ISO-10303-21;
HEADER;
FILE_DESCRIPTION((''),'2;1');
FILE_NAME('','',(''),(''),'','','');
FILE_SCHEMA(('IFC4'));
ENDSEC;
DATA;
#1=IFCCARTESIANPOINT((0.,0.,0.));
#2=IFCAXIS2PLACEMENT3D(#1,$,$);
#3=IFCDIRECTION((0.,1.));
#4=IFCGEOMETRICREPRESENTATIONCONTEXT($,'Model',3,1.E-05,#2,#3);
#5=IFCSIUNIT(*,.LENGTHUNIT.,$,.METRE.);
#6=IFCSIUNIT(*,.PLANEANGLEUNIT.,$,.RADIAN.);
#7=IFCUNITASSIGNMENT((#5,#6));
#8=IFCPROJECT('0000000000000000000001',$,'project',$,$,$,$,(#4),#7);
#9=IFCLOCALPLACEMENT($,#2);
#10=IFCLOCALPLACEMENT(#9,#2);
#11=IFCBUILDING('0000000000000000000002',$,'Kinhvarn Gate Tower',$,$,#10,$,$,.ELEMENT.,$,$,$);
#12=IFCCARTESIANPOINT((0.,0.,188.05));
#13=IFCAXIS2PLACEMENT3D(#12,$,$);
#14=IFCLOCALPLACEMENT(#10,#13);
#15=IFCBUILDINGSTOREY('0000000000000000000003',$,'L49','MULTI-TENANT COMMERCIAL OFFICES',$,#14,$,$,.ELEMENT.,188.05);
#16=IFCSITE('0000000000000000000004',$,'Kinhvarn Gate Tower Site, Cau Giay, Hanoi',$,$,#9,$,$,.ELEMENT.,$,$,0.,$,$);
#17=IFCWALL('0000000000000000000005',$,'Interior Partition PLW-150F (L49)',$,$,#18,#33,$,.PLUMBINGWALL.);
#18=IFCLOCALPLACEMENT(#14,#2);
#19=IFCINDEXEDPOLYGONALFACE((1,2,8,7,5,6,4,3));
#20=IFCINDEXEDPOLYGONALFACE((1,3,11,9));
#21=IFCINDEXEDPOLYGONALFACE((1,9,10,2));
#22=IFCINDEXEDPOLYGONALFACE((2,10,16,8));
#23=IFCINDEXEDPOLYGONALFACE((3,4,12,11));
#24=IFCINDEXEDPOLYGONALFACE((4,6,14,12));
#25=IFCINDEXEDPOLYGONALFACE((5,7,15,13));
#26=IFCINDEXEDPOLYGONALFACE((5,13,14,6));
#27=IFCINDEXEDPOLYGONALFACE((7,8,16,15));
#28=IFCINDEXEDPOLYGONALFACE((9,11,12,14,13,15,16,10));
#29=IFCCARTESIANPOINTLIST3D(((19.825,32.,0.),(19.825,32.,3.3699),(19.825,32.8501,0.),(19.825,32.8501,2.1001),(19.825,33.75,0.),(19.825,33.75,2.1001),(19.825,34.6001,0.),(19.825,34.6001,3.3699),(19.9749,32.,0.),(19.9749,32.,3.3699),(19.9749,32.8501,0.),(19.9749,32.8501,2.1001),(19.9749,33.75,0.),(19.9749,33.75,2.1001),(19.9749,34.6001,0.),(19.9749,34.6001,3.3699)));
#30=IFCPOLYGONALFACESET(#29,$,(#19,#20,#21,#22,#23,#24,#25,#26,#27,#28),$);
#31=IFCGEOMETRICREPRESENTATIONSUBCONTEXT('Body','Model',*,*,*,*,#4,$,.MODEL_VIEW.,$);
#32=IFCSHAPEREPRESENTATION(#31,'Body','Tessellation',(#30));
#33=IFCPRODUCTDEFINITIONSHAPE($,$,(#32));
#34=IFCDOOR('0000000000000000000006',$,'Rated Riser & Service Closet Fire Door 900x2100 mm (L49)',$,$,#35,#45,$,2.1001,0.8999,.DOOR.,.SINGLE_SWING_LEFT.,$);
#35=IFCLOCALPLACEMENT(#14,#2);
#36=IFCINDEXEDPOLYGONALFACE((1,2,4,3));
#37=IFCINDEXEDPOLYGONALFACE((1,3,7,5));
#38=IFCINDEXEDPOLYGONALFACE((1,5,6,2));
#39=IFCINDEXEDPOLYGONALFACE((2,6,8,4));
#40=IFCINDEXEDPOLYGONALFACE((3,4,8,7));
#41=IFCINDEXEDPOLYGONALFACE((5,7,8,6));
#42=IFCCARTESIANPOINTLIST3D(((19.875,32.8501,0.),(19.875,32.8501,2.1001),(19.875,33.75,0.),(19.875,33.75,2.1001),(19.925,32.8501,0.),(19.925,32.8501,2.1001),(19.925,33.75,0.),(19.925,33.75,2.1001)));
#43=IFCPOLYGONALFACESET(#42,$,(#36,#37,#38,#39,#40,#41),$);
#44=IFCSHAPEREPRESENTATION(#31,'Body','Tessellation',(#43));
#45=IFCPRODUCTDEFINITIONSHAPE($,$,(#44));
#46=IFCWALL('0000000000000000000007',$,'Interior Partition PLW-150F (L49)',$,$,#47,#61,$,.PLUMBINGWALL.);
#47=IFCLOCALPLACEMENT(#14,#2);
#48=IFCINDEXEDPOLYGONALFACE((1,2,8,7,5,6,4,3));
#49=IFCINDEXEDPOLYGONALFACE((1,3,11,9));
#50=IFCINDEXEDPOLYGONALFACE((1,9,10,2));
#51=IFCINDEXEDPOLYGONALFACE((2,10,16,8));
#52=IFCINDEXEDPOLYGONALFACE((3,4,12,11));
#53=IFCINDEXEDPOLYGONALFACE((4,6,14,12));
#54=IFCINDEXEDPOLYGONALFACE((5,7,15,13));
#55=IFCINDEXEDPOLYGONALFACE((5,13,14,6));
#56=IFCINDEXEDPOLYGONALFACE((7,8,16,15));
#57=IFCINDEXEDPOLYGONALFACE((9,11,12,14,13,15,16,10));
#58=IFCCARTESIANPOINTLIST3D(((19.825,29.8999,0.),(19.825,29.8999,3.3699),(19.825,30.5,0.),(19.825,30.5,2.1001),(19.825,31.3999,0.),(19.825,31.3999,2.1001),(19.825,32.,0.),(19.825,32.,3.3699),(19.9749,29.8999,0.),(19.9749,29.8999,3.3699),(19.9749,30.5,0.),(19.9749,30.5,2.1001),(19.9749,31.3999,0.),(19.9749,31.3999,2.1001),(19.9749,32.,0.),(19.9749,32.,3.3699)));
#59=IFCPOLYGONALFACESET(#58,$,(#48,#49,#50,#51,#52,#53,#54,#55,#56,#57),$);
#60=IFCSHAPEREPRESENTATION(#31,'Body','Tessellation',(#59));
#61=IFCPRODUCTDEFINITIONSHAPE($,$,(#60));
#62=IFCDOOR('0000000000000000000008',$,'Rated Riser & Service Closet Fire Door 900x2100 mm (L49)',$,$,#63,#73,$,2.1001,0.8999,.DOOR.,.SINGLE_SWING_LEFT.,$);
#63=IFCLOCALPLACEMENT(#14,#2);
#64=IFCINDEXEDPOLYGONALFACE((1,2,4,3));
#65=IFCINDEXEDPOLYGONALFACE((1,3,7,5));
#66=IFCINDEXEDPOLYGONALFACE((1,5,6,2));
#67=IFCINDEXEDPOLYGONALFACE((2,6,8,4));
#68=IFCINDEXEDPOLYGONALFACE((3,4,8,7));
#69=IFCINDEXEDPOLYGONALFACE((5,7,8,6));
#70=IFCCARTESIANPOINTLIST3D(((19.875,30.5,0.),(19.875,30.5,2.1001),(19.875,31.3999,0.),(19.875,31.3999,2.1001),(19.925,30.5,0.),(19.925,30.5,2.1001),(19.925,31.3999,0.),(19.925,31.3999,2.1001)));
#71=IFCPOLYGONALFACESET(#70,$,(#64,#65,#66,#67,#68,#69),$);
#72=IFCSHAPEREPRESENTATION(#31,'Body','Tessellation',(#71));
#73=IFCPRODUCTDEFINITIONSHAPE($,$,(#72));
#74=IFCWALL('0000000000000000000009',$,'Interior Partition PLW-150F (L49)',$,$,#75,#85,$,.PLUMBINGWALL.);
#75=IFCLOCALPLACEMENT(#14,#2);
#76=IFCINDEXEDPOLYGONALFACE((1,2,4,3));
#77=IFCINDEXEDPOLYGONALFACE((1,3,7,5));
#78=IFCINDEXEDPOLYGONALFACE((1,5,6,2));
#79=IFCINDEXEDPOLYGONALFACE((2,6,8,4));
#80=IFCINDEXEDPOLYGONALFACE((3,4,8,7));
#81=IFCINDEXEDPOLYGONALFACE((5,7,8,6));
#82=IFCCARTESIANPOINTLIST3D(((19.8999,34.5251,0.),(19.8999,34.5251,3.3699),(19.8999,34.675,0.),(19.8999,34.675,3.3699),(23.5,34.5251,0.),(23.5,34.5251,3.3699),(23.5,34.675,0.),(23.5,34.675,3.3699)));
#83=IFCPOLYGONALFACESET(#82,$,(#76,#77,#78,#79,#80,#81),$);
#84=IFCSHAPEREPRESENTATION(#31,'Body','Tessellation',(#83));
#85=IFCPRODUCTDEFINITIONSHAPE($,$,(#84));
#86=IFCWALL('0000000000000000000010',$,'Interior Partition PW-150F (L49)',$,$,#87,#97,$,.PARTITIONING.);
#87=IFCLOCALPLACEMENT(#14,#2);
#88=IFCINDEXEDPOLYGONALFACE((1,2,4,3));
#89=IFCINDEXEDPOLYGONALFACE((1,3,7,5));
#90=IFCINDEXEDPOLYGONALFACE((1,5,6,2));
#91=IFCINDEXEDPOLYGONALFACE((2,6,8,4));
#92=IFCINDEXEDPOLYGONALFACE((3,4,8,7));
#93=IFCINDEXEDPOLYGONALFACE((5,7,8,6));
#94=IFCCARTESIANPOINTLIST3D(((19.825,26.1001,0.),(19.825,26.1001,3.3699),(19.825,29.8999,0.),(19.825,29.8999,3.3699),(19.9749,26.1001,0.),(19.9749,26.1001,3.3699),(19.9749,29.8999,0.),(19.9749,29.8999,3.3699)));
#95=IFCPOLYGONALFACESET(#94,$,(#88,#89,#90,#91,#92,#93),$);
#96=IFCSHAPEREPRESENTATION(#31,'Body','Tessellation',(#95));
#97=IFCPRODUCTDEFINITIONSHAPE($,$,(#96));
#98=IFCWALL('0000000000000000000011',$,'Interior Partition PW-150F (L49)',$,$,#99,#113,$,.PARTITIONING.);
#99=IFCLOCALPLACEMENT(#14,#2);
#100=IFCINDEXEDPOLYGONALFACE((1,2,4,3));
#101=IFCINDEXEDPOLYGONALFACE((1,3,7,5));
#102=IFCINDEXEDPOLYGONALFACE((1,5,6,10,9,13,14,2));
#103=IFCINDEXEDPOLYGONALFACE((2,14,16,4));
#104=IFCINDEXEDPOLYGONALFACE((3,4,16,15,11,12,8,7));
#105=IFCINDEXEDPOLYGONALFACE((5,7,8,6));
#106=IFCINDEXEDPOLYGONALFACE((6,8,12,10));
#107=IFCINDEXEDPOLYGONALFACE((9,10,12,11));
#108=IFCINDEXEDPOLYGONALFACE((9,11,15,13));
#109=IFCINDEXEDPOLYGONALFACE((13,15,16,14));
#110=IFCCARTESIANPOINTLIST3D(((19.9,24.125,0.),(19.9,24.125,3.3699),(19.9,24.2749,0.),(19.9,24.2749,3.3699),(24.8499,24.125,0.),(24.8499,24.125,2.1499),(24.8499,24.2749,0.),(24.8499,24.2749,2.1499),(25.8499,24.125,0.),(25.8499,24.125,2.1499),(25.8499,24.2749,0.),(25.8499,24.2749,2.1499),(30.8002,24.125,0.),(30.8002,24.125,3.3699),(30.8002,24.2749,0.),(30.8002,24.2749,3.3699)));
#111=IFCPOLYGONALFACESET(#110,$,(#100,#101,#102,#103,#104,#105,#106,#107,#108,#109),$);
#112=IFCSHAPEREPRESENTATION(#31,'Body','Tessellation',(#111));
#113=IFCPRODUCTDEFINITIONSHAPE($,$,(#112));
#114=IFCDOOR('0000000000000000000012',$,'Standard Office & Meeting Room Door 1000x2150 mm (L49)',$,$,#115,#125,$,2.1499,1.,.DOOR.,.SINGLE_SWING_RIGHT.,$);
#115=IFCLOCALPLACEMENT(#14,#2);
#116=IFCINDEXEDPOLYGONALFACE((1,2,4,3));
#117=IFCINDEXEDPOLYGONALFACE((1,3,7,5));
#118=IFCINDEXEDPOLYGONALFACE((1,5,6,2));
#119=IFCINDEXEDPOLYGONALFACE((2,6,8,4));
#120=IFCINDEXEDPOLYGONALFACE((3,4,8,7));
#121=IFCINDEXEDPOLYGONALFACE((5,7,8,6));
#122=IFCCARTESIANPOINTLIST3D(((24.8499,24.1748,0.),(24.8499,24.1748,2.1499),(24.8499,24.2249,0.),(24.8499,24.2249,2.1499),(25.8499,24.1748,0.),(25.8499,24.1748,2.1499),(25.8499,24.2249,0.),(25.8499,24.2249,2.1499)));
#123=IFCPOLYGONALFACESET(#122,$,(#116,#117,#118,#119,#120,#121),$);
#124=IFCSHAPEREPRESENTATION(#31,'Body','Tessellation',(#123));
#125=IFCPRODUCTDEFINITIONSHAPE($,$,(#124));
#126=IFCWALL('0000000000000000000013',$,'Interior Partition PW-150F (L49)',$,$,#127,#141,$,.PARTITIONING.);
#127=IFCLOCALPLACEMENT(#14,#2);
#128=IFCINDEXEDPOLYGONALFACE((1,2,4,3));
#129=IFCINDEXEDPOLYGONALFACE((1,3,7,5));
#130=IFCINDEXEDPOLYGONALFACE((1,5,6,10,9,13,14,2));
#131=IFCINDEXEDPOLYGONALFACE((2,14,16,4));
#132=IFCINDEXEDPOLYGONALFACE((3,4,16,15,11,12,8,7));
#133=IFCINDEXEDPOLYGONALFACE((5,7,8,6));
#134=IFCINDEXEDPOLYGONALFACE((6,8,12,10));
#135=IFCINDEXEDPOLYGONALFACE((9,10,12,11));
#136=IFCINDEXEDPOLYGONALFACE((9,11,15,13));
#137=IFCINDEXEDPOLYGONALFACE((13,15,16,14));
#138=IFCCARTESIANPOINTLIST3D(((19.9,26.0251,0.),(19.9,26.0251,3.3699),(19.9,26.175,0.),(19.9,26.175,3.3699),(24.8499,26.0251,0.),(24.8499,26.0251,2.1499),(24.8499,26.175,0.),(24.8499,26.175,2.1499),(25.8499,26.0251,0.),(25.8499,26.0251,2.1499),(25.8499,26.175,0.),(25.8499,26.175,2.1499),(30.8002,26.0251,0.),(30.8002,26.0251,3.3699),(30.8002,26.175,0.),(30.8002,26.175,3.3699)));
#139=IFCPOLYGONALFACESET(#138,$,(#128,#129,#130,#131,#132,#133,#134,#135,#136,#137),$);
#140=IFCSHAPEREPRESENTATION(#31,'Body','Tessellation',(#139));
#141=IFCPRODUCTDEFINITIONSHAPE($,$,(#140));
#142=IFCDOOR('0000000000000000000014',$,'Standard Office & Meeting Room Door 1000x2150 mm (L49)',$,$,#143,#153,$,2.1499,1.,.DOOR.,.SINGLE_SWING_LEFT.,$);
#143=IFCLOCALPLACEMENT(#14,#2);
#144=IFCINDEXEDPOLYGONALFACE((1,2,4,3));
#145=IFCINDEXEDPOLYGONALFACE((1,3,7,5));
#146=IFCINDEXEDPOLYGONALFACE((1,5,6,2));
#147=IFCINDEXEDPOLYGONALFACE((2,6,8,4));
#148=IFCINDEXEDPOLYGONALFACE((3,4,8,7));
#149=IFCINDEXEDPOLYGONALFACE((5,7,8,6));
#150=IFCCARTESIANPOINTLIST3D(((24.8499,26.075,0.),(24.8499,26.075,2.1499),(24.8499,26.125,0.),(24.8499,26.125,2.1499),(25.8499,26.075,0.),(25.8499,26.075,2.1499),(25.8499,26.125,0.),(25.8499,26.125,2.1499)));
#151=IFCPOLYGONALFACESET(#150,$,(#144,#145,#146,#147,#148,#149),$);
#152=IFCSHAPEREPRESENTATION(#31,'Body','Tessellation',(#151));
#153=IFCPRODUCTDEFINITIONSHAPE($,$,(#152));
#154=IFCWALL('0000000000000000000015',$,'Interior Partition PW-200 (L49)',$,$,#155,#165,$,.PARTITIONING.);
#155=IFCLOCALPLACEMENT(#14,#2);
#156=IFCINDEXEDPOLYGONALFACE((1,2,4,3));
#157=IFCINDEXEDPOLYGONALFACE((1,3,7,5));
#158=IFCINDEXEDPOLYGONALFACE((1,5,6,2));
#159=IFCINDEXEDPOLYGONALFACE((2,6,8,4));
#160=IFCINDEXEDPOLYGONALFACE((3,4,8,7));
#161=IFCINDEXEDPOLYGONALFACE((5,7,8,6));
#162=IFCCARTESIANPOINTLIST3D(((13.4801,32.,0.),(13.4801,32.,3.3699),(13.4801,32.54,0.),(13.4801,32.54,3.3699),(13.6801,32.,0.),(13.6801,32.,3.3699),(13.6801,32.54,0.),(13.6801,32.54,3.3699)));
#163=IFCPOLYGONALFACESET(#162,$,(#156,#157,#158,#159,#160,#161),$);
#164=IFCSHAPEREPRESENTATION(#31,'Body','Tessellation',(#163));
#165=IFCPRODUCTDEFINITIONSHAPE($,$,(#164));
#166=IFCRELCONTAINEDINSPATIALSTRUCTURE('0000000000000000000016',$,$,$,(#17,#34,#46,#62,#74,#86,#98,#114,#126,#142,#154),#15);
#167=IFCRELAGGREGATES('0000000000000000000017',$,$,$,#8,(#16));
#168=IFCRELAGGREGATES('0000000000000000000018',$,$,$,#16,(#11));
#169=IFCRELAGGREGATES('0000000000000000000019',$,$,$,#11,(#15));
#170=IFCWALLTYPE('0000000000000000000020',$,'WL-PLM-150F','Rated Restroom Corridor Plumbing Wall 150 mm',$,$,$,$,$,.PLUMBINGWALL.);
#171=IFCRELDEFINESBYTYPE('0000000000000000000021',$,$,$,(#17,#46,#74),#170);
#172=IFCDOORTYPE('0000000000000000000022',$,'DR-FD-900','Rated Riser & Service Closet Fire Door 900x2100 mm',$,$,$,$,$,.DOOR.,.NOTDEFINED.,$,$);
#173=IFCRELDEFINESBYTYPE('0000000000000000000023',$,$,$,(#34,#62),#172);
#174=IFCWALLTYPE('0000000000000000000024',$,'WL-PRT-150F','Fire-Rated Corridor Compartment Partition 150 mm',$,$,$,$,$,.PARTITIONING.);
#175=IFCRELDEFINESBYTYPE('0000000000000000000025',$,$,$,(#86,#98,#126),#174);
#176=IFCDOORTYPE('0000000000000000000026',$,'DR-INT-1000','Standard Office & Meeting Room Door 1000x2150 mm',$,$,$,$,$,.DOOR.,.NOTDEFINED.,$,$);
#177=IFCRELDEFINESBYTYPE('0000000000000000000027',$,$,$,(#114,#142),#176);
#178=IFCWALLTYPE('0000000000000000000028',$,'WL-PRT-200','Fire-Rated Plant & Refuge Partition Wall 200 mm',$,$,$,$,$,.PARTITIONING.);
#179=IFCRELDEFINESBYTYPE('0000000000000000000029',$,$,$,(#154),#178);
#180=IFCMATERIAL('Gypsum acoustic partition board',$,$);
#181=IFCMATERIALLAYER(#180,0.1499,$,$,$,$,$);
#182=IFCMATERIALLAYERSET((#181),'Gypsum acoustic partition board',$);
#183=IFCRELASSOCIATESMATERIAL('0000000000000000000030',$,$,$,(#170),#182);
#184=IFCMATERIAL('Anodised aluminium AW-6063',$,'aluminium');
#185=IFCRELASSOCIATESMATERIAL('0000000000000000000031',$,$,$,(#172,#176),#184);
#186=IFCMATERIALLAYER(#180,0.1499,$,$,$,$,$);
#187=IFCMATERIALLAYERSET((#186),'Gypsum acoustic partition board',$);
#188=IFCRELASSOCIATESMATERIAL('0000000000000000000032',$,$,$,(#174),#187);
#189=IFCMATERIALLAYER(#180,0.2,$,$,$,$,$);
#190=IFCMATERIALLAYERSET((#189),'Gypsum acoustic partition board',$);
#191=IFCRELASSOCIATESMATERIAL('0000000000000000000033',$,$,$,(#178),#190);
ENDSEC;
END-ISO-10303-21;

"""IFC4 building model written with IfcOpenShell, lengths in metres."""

from ifc_helpers import new_model, si_unit, direction, frame, frame_2d, origin, place, context, subcontext, project, spatial, rectangle, extrude, material, layer, layer_set, type_object, element, fill, save


model = new_model("IFC4")

# Units and contexts
model_context = context("Model", 3, precision=1e-05, world=origin(), true_north=direction((0.0, 1.0)))
body_context = subcontext(model_context, "Body", "Model", "MODEL_VIEW")
ifc_project = project(units=[si_unit("LENGTHUNIT", "METRE"), si_unit("PLANEANGLEUNIT", "RADIAN")], contexts=[model_context])

# Site, building, storey
site_placement = place(None, origin())
site = spatial("IfcSite", under=ifc_project, at=site_placement, Name="Kinhvarn Gate Tower Site, Cau Giay, Hanoi", CompositionType="ELEMENT", RefElevation=0.0)
building_placement = place(site_placement, origin())
building = spatial("IfcBuilding", under=site, at=building_placement, Name="Kinhvarn Gate Tower", CompositionType="ELEMENT")
storey_placement = place(building_placement, frame((0.0, 0.0, 188.05)))
storey = spatial("IfcBuildingStorey", under=building, at=storey_placement, Name="L49", Description="MULTI-TENANT COMMERCIAL OFFICES", CompositionType="ELEMENT", Elevation=188.05)

# Shared definitions
ifc_material_1 = material(Name="Anodised aluminium AW-6063", Category="aluminium")

# Shared definitions
ifc_material_2 = material(Name="Gypsum acoustic partition board")

# Walls, openings, doors
ifc_layer_1 = layer(ifc_material_2, 0.1499)
ifc_layer_set_1 = layer_set([ifc_layer_1], Name="Gypsum acoustic partition board")
wall_type_1 = type_object("IfcWallType", Name="WL-PLM-150F", Description="Rated Restroom Corridor Plumbing Wall 150 mm", PredefinedType="PLUMBINGWALL", material=ifc_layer_set_1)
wall_1_placement = place(storey_placement, frame((19.8999, 32.0, 0.0), z_axis=(0.0, 0.0, 1.0), x_axis=(0.0, 1.0, 0.0)))
wall_1 = element("IfcWall", 1, at=wall_1_placement, inside=storey, type_object=wall_type_1, Name="Interior Partition PLW-150F (L49)", PredefinedType="PLUMBINGWALL", context=body_context, shape_type="SweptSolid", body=[
    extrude(rectangle(XDim=2.6001, YDim=0.1499, at=frame_2d((1.3, 0.0))), origin(), (0.0, 0.0, 1.0), 3.3699),
])
opening_1_placement = place(wall_1_placement, frame((0.8501, 0.0, 0.0)))
opening_1 = element("IfcOpeningElement", 2, at=opening_1_placement, cuts=wall_1, PredefinedType="OPENING", context=body_context, shape_type="SweptSolid", body=[
    extrude(rectangle(XDim=0.8999, YDim=2.1001, at=frame_2d((0.45, 1.05))), frame((0.0, 0.085, 0.0), z_axis=(0.0, -1.0, 0.0), x_axis=(1.0, 0.0, 0.0)), (0.0, 0.0, 1.0), 0.1699),
])
door_type_1 = type_object("IfcDoorType", Name="DR-FD-900", Description="Rated Riser & Service Closet Fire Door 900x2100 mm", OperationType="NOTDEFINED", PredefinedType="DOOR", material=ifc_material_1)
door_1_placement = place(opening_1_placement, origin())
door_1 = element("IfcDoor", 3, at=door_1_placement, inside=storey, type_object=door_type_1, Name="Rated Riser & Service Closet Fire Door 900x2100 mm (L49)", OperationType="SINGLE_SWING_LEFT", OverallHeight=2.1001, OverallWidth=0.8999, PredefinedType="DOOR", context=body_context, shape_type="SweptSolid", body=[
    extrude(rectangle(XDim=0.8999, YDim=2.1001, at=frame_2d((0.45, 1.05))), frame((0.0, 0.0249, 0.0), z_axis=(0.0, -1.0, 0.0), x_axis=(1.0, 0.0, 0.0)), (0.0, 0.0, 1.0), 0.05),
])
fill(opening_1, door_1)
wall_2_placement = place(storey_placement, frame((19.8999, 29.8999, 0.0), z_axis=(0.0, 0.0, 1.0), x_axis=(0.0, 1.0, 0.0)))
wall_2 = element("IfcWall", 4, at=wall_2_placement, inside=storey, type_object=wall_type_1, Name="Interior Partition PLW-150F (L49)", PredefinedType="PLUMBINGWALL", context=body_context, shape_type="SweptSolid", body=[
    extrude(rectangle(XDim=2.1001, YDim=0.1499, at=frame_2d((1.05, 0.0))), origin(), (0.0, 0.0, 1.0), 3.3699),
])
opening_2_placement = place(wall_2_placement, frame((0.6001, 0.0, 0.0)))
opening_2 = element("IfcOpeningElement", 5, at=opening_2_placement, cuts=wall_2, PredefinedType="OPENING", context=body_context, shape_type="SweptSolid", body=[
    extrude(rectangle(XDim=0.8999, YDim=2.1001, at=frame_2d((0.45, 1.05))), frame((0.0, 0.085, 0.0), z_axis=(0.0, -1.0, 0.0), x_axis=(1.0, 0.0, 0.0)), (0.0, 0.0, 1.0), 0.1699),
])
door_2_placement = place(opening_2_placement, origin())
door_2 = element("IfcDoor", 6, at=door_2_placement, inside=storey, type_object=door_type_1, Name="Rated Riser & Service Closet Fire Door 900x2100 mm (L49)", OperationType="SINGLE_SWING_LEFT", OverallHeight=2.1001, OverallWidth=0.8999, PredefinedType="DOOR", context=body_context, shape_type="SweptSolid", body=[
    extrude(rectangle(XDim=0.8999, YDim=2.1001, at=frame_2d((0.45, 1.05))), frame((0.0, 0.0249, 0.0), z_axis=(0.0, -1.0, 0.0), x_axis=(1.0, 0.0, 0.0)), (0.0, 0.0, 1.0), 0.05),
])
fill(opening_2, door_2)

# Walls
wall_3_placement = place(storey_placement, frame((19.8999, 34.6001, 0.0), z_axis=(0.0, 0.0, 1.0), x_axis=(1.0, 0.0, 0.0)))
element("IfcWall", 7, at=wall_3_placement, inside=storey, type_object=wall_type_1, Name="Interior Partition PLW-150F (L49)", PredefinedType="PLUMBINGWALL", context=body_context, shape_type="SweptSolid", body=[
    extrude(rectangle(XDim=3.6001, YDim=0.1499, at=frame_2d((1.8, 0.0))), origin(), (0.0, 0.0, 1.0), 3.3699),
])
ifc_layer_2 = layer(ifc_material_2, 0.1499)
ifc_layer_set_2 = layer_set([ifc_layer_2], Name="Gypsum acoustic partition board")
wall_type_2 = type_object("IfcWallType", Name="WL-PRT-150F", Description="Fire-Rated Corridor Compartment Partition 150 mm", PredefinedType="PARTITIONING", material=ifc_layer_set_2)
wall_4_placement = place(storey_placement, frame((19.8999, 26.1001, 0.0), z_axis=(0.0, 0.0, 1.0), x_axis=(0.0, 1.0, 0.0)))
element("IfcWall", 8, at=wall_4_placement, inside=storey, type_object=wall_type_2, Name="Interior Partition PW-150F (L49)", PredefinedType="PARTITIONING", context=body_context, shape_type="SweptSolid", body=[
    extrude(rectangle(XDim=3.7998, YDim=0.1499, at=frame_2d((1.8999, 0.0))), origin(), (0.0, 0.0, 1.0), 3.3699),
])

# Walls, openings, doors
wall_5_placement = place(storey_placement, frame((19.8999, 24.2, 0.0), z_axis=(0.0, 0.0, 1.0), x_axis=(1.0, 0.0, 0.0)))
wall_5 = element("IfcWall", 9, at=wall_5_placement, inside=storey, type_object=wall_type_2, Name="Interior Partition PW-150F (L49)", PredefinedType="PARTITIONING", context=body_context, shape_type="SweptSolid", body=[
    extrude(rectangle(XDim=10.9001, YDim=0.1499, at=frame_2d((5.4502, 0.0))), origin(), (0.0, 0.0, 1.0), 3.3699),
])
opening_3_placement = place(wall_5_placement, frame((4.95, 0.0, 0.0)))
opening_3 = element("IfcOpeningElement", 10, at=opening_3_placement, cuts=wall_5, PredefinedType="OPENING", context=body_context, shape_type="SweptSolid", body=[
    extrude(rectangle(XDim=1.0, YDim=2.1499, at=frame_2d((0.5, 1.075))), frame((0.0, 0.085, 0.0), z_axis=(0.0, -1.0, 0.0), x_axis=(1.0, 0.0, 0.0)), (0.0, 0.0, 1.0), 0.1699),
])
door_type_2 = type_object("IfcDoorType", Name="DR-INT-1000", Description="Standard Office & Meeting Room Door 1000x2150 mm", OperationType="NOTDEFINED", PredefinedType="DOOR", material=ifc_material_1)
door_3_placement = place(opening_3_placement, origin())
door_3 = element("IfcDoor", 11, at=door_3_placement, inside=storey, type_object=door_type_2, Name="Standard Office & Meeting Room Door 1000x2150 mm (L49)", OperationType="SINGLE_SWING_RIGHT", OverallHeight=2.1499, OverallWidth=1.0, PredefinedType="DOOR", context=body_context, shape_type="SweptSolid", body=[
    extrude(rectangle(XDim=1.0, YDim=2.1499, at=frame_2d((0.5, 1.075))), frame((0.0, 0.0249, 0.0), z_axis=(0.0, -1.0, 0.0), x_axis=(1.0, 0.0, 0.0)), (0.0, 0.0, 1.0), 0.05),
])
fill(opening_3, door_3)
wall_6_placement = place(storey_placement, frame((19.8999, 26.1001, 0.0), z_axis=(0.0, 0.0, 1.0), x_axis=(1.0, 0.0, 0.0)))
wall_6 = element("IfcWall", 12, at=wall_6_placement, inside=storey, type_object=wall_type_2, Name="Interior Partition PW-150F (L49)", PredefinedType="PARTITIONING", context=body_context, shape_type="SweptSolid", body=[
    extrude(rectangle(XDim=10.9001, YDim=0.1499, at=frame_2d((5.4502, 0.0))), origin(), (0.0, 0.0, 1.0), 3.3699),
])
opening_4_placement = place(wall_6_placement, frame((4.95, 0.0, 0.0)))
opening_4 = element("IfcOpeningElement", 13, at=opening_4_placement, cuts=wall_6, PredefinedType="OPENING", context=body_context, shape_type="SweptSolid", body=[
    extrude(rectangle(XDim=1.0, YDim=2.1499, at=frame_2d((0.5, 1.075))), frame((0.0, 0.085, 0.0), z_axis=(0.0, -1.0, 0.0), x_axis=(1.0, 0.0, 0.0)), (0.0, 0.0, 1.0), 0.1699),
])
door_4_placement = place(opening_4_placement, origin())
door_4 = element("IfcDoor", 14, at=door_4_placement, inside=storey, type_object=door_type_2, Name="Standard Office & Meeting Room Door 1000x2150 mm (L49)", OperationType="SINGLE_SWING_LEFT", OverallHeight=2.1499, OverallWidth=1.0, PredefinedType="DOOR", context=body_context, shape_type="SweptSolid", body=[
    extrude(rectangle(XDim=1.0, YDim=2.1499, at=frame_2d((0.5, 1.075))), frame((0.0, 0.0249, 0.0), z_axis=(0.0, -1.0, 0.0), x_axis=(1.0, 0.0, 0.0)), (0.0, 0.0, 1.0), 0.05),
])
fill(opening_4, door_4)

# Wall
ifc_layer_3 = layer(ifc_material_2, 0.2)
ifc_layer_set_3 = layer_set([ifc_layer_3], Name="Gypsum acoustic partition board")
wall_type_3 = type_object("IfcWallType", Name="WL-PRT-200", Description="Fire-Rated Plant & Refuge Partition Wall 200 mm", PredefinedType="PARTITIONING", material=ifc_layer_set_3)
wall_7_placement = place(storey_placement, frame((13.5801, 32.0, 0.0), z_axis=(0.0, 0.0, 1.0), x_axis=(0.0, 1.0, 0.0)))
element("IfcWall", 15, at=wall_7_placement, inside=storey, type_object=wall_type_3, Name="Interior Partition PW-200 (L49)", PredefinedType="PARTITIONING", context=body_context, shape_type="SweptSolid", body=[
    extrude(rectangle(XDim=0.54, YDim=0.2, at=frame_2d((0.27, 0.0))), origin(), (0.0, 0.0, 1.0), 3.3699),
])

save(model, "model.ifc")
